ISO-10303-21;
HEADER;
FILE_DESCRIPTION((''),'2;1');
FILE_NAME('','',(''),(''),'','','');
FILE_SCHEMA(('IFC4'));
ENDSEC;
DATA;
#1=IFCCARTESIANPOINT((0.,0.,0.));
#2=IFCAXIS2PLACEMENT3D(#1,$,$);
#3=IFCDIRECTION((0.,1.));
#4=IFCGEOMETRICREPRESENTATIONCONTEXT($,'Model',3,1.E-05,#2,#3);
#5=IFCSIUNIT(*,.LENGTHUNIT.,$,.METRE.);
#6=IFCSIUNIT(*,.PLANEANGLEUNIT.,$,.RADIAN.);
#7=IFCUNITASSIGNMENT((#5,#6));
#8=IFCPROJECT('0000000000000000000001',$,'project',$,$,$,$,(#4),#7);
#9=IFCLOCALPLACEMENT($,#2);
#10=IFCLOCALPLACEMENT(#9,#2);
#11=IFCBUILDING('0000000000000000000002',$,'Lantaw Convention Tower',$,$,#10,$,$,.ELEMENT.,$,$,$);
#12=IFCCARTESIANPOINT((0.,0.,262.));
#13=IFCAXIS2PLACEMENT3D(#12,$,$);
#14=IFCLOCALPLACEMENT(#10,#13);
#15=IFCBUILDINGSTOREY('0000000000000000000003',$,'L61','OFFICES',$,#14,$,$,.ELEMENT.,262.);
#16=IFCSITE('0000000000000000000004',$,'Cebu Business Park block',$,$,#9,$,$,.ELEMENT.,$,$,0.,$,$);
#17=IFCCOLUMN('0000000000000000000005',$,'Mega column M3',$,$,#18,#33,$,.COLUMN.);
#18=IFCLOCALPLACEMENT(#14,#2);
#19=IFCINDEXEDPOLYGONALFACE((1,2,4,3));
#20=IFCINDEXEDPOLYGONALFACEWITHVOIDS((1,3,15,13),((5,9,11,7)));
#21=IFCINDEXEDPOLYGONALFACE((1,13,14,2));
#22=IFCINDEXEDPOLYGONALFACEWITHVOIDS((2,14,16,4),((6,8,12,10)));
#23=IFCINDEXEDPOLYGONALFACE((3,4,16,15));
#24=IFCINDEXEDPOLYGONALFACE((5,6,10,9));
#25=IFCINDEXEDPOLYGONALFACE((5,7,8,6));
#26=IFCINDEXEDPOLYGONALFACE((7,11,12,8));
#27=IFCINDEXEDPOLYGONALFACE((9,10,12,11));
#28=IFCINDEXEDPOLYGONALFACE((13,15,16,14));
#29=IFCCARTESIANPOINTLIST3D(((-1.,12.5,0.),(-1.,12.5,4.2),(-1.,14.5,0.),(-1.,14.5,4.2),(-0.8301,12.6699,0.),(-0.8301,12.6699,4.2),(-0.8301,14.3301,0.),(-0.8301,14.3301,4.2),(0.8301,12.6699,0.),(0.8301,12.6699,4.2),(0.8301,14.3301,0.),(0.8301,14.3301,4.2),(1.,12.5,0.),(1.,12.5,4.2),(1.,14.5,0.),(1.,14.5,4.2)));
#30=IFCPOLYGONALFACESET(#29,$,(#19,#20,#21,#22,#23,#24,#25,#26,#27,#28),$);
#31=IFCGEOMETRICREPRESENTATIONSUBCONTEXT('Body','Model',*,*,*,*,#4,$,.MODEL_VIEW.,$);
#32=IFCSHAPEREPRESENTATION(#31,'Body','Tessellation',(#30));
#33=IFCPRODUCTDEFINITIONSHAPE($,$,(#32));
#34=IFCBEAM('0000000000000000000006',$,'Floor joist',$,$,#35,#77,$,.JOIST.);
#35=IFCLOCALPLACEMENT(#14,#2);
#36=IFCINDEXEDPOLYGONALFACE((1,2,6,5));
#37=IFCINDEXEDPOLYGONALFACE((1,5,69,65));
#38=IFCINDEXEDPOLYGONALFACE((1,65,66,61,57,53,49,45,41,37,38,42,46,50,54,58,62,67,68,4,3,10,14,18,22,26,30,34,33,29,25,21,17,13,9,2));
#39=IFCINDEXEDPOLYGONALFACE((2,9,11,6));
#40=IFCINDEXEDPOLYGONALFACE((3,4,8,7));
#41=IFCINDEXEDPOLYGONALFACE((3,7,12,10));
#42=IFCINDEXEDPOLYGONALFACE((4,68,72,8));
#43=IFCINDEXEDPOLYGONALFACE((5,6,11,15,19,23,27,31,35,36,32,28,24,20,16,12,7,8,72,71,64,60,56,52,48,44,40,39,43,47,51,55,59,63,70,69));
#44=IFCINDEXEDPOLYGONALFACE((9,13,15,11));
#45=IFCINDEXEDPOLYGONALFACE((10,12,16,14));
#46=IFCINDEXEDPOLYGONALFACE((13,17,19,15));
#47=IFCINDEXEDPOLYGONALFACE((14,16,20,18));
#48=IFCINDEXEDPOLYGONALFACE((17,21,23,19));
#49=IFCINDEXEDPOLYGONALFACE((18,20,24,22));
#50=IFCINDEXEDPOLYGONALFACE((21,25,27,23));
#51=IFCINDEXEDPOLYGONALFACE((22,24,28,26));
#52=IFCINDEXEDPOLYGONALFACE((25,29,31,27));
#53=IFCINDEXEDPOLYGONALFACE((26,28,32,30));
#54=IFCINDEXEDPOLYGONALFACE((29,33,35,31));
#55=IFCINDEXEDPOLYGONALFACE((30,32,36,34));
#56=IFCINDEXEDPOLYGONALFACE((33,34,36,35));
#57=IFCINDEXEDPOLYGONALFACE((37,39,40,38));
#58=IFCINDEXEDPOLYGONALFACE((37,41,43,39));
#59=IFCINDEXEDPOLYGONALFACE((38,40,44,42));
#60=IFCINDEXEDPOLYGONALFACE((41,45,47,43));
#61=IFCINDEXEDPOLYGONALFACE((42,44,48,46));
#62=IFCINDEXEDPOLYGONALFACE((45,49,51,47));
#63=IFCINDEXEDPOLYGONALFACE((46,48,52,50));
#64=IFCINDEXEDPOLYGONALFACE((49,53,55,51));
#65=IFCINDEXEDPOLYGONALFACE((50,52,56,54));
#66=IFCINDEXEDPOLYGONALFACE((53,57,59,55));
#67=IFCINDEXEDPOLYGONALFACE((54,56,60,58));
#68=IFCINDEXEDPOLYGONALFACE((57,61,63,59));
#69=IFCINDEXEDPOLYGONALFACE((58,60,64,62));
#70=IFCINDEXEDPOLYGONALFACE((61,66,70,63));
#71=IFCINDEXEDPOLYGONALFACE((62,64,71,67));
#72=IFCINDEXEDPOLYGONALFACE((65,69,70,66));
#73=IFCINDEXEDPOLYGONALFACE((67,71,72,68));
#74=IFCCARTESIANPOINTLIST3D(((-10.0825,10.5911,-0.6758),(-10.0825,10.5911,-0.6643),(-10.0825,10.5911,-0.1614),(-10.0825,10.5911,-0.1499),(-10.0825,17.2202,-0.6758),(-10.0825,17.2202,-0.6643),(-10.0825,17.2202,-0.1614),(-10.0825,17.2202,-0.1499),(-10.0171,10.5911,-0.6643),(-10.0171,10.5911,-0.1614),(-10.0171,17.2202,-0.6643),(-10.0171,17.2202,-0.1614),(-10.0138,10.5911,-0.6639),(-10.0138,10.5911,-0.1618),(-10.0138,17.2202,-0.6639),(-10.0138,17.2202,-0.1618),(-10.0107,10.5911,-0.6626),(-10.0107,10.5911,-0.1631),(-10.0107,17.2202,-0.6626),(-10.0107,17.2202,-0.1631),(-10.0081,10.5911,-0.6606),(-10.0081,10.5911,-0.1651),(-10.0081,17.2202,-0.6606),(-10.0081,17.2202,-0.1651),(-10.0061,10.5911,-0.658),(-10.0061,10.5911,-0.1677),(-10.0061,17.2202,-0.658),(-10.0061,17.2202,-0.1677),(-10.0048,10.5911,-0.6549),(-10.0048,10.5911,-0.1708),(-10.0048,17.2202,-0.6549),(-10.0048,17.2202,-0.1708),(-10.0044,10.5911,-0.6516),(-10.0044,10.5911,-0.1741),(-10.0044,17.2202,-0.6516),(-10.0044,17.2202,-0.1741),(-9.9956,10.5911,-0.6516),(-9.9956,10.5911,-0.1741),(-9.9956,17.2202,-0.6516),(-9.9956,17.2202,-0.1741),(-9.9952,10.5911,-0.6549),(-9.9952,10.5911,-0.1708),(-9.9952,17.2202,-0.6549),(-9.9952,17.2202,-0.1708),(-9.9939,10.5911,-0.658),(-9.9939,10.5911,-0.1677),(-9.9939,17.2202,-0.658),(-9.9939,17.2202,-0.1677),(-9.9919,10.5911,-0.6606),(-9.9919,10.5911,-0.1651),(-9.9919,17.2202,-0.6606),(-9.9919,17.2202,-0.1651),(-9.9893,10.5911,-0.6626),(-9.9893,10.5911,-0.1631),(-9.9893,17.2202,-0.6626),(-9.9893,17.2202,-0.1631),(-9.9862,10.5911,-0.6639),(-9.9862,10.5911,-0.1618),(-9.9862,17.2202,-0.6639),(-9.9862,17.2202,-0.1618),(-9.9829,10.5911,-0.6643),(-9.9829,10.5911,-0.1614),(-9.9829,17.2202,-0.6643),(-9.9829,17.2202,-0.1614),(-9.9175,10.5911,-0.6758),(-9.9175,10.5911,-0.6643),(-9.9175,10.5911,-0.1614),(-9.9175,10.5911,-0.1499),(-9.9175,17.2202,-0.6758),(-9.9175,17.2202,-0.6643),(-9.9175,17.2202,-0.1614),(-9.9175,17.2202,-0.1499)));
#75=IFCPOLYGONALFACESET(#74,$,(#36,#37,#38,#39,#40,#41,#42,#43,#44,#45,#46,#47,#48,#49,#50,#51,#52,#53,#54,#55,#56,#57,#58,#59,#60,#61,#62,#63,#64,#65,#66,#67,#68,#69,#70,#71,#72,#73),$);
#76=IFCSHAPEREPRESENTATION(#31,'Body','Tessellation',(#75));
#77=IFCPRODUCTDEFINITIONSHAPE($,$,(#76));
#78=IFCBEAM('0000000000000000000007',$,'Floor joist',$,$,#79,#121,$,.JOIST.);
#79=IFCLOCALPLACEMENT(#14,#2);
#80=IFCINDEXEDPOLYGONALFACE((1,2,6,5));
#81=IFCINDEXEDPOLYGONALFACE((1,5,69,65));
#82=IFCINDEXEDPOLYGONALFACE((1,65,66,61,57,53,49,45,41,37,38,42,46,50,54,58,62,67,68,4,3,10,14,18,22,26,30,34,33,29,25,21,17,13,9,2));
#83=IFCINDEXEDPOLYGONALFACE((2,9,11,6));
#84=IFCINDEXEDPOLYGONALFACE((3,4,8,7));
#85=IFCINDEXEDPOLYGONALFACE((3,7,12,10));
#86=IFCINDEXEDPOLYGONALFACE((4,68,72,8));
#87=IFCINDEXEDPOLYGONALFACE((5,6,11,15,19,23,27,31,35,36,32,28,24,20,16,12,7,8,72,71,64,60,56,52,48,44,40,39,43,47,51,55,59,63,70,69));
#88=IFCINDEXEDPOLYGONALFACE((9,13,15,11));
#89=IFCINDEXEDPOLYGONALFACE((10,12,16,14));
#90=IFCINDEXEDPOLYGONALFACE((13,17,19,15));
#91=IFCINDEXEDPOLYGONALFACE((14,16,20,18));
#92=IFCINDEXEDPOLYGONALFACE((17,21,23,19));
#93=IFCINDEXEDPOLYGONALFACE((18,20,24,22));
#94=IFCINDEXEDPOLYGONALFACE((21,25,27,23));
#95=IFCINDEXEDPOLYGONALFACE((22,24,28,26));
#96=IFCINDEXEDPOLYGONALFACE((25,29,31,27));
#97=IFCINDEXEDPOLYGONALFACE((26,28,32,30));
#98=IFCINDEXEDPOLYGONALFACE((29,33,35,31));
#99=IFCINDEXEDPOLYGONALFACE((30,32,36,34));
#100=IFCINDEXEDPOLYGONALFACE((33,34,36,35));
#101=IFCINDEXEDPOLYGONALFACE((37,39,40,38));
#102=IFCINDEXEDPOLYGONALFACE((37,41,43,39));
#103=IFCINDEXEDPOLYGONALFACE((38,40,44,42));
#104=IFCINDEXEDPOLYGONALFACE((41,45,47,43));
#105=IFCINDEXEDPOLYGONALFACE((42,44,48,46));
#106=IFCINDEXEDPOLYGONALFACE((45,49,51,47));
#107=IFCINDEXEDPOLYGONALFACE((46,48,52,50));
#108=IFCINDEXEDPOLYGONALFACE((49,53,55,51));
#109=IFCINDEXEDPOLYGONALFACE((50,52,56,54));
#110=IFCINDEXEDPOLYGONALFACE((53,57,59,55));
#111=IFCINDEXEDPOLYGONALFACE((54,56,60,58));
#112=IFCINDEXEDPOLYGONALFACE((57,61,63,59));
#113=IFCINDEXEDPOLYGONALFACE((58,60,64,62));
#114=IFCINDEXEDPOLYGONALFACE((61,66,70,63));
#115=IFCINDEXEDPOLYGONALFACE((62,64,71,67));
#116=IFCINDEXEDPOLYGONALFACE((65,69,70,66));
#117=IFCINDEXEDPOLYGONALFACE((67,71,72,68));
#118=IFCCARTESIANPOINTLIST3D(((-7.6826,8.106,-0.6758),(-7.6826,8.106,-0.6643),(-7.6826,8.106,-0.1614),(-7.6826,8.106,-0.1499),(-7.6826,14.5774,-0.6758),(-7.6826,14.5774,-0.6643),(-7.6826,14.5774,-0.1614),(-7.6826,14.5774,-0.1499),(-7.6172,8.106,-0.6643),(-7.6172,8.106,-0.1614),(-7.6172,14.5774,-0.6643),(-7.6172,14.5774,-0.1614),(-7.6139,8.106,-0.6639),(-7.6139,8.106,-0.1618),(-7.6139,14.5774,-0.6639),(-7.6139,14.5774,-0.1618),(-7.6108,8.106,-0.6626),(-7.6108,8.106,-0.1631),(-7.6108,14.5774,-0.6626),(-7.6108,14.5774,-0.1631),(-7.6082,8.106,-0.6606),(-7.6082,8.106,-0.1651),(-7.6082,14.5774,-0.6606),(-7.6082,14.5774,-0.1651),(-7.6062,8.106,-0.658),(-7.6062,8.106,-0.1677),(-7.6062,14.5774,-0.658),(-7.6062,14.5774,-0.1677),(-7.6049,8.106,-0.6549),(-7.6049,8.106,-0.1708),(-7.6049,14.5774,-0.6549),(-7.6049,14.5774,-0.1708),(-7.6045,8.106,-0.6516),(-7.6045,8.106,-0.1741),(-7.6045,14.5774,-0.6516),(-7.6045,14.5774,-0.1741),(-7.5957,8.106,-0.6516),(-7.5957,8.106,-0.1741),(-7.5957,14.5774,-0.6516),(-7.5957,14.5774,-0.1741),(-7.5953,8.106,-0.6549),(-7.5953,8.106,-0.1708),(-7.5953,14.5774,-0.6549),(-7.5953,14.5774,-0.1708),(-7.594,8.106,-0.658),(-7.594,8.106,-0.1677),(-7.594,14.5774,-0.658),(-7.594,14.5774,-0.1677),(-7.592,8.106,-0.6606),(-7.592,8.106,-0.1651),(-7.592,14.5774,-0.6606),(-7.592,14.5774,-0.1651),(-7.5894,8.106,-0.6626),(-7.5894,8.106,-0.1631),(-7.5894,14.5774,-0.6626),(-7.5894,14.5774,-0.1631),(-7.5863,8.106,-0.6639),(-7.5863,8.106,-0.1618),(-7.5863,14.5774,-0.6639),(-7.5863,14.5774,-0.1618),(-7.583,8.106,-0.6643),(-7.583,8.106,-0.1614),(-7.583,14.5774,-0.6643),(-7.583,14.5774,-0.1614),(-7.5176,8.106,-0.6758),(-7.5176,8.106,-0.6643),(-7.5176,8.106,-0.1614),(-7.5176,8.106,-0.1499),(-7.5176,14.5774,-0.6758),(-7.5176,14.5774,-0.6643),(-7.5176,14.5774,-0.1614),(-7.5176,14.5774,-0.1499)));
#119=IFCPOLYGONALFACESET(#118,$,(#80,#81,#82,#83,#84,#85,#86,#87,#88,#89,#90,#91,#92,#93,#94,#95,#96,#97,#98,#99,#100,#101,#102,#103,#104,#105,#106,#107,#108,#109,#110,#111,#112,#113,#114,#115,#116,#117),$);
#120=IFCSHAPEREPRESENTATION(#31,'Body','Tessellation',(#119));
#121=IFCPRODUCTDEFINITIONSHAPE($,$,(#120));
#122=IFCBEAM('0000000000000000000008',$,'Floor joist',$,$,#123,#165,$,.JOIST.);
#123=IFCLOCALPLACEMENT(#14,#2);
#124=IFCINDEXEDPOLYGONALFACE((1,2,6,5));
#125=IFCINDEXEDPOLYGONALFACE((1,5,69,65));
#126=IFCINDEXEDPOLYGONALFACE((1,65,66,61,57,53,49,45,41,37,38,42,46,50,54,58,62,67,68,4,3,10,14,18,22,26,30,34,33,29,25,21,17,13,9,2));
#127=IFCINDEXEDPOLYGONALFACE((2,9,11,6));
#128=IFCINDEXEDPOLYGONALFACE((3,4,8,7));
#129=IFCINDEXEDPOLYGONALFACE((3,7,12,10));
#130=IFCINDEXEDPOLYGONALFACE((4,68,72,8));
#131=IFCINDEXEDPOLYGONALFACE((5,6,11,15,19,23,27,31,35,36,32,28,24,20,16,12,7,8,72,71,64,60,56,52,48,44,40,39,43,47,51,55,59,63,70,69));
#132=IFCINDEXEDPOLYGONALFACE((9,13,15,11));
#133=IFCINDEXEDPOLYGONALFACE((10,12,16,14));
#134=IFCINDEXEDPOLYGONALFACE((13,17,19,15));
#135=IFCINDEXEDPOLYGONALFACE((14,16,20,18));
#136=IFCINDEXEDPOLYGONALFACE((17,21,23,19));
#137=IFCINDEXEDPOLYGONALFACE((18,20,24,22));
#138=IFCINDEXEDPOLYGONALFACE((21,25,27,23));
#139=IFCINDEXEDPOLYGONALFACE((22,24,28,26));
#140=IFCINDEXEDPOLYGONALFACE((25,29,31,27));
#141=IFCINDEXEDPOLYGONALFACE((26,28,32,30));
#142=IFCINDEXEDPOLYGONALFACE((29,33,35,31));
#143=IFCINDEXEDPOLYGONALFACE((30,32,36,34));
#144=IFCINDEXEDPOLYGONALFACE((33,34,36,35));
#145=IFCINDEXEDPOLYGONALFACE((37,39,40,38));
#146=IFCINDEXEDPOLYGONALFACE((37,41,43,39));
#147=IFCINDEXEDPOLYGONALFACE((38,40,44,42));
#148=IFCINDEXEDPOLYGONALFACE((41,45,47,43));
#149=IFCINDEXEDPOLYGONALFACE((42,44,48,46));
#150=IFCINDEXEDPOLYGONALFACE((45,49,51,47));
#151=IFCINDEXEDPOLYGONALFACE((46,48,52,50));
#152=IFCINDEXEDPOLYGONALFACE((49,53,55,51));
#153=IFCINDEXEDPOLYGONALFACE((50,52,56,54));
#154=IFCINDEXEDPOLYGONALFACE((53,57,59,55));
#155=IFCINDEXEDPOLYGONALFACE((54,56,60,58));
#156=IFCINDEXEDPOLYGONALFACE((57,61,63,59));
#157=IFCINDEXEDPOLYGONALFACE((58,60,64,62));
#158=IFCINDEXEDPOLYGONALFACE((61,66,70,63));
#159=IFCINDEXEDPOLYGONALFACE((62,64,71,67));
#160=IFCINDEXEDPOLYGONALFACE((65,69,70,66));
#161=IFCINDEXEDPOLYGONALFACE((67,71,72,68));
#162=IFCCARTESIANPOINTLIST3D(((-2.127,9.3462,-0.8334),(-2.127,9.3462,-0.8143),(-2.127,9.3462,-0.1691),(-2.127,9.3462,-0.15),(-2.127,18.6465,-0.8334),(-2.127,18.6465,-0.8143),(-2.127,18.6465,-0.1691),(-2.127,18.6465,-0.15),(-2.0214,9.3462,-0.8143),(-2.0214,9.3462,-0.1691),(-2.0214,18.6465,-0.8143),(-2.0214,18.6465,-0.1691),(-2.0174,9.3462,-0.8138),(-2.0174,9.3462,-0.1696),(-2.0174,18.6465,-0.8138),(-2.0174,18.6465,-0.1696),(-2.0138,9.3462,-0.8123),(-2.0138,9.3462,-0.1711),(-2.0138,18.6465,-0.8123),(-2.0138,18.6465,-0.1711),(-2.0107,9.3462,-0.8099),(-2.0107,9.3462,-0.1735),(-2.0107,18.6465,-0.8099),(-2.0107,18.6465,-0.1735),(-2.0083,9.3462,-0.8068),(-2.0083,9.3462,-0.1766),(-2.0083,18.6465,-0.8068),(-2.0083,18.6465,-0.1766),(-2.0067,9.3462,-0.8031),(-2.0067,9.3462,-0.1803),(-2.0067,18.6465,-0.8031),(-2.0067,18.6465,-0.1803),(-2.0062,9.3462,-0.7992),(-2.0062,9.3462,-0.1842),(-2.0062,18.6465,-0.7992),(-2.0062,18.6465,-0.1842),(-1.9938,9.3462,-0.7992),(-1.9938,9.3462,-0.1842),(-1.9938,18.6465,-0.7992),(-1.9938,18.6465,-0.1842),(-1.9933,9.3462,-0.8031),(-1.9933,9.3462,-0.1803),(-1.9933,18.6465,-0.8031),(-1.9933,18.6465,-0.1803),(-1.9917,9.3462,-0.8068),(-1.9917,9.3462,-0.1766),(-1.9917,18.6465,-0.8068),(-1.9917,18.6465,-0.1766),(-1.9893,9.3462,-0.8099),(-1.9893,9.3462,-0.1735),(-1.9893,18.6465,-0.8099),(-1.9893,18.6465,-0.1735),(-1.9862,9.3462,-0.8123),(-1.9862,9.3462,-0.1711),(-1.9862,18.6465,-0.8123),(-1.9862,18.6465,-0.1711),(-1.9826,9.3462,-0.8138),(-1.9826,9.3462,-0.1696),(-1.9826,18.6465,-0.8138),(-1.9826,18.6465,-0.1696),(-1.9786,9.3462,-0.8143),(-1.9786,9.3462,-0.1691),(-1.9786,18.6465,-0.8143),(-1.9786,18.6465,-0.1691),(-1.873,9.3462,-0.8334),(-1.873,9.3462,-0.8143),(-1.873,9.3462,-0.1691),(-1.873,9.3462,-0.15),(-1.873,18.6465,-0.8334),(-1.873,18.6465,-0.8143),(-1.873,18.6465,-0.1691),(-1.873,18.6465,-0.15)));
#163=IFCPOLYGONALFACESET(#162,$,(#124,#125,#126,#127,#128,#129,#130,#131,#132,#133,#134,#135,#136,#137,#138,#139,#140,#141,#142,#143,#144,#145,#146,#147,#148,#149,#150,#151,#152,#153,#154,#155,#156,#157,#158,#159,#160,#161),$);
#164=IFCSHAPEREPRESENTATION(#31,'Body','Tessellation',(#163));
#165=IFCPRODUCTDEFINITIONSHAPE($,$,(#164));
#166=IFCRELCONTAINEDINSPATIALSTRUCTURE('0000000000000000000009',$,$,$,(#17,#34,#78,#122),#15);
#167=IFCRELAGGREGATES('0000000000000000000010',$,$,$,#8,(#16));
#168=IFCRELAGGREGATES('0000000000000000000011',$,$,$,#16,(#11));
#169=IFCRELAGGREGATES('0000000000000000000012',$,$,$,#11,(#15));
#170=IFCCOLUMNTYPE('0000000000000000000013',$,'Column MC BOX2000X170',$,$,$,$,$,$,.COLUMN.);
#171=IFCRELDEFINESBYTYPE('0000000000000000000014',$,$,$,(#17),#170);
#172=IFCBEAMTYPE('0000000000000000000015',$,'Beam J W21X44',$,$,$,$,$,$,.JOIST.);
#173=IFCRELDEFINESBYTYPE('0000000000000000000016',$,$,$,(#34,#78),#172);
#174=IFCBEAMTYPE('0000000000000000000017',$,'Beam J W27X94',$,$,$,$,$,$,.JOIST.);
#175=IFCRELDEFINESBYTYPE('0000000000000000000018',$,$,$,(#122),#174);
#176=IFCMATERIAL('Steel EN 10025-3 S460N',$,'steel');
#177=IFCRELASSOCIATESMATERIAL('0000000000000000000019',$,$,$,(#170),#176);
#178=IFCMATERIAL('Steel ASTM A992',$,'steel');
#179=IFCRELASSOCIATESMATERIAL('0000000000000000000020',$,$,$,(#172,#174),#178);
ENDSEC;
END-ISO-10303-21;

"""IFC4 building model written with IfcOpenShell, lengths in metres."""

from ifc_helpers import new_model, si_unit, direction, frame, origin, origin_2d, place, context, subcontext, project, spatial, rectangle, hollow_rectangle, i_section, extrude, material, material_profile, profile_set, type_object, element, save


model = new_model("IFC4")

# Units and contexts
model_context = context("Model", 3, precision=1e-05, world=origin(), true_north=direction((0.0, 1.0)))
body_context = subcontext(model_context, "Body", "Model", "MODEL_VIEW")
ifc_project = project(units=[si_unit("LENGTHUNIT", "METRE"), si_unit("PLANEANGLEUNIT", "RADIAN")], contexts=[model_context])

# Site, building, storey
site_placement = place(None, origin())
site = spatial("IfcSite", under=ifc_project, at=site_placement, Name="Cebu Business Park block", CompositionType="ELEMENT", RefElevation=0.0)
building_placement = place(site_placement, origin())
building = spatial("IfcBuilding", under=site, at=building_placement, Name="Lantaw Convention Tower", CompositionType="ELEMENT")
storey_placement = place(building_placement, frame((0.0, 0.0, 262.0)))
storey = spatial("IfcBuildingStorey", under=building, at=storey_placement, Name="L61", Description="OFFICES", CompositionType="ELEMENT", Elevation=262.0)

# Column
ifc_material_1 = material(Name="Steel EN 10025-3 S460N", Category="steel")
ifc_material_profile_1 = material_profile(ifc_material_1, hollow_rectangle(XDim=2.0, YDim=2.0, WallThickness=0.1699, at=origin_2d()), Name="BOX2000X170")
ifc_material_2 = material(Name="Concrete C60/75", Category="concrete")
ifc_material_profile_2 = material_profile(ifc_material_2, rectangle(XDim=1.6599, YDim=1.6599, at=origin_2d()), Name="Concrete fill of BOX2000X170")
ifc_profile_set_1 = profile_set([ifc_material_profile_1, ifc_material_profile_2], Name="Steel EN 10025-3 S460N")
column_type = type_object("IfcColumnType", Name="Column MC BOX2000X170", PredefinedType="COLUMN", material=ifc_profile_set_1)
column_placement = place(storey_placement, frame((0.0, 13.5, 0.0), z_axis=(0.0, 0.0, 1.0), x_axis=(1.0, 0.0, 0.0)))
element("IfcColumn", 1, at=column_placement, inside=storey, type_object=column_type, Name="Mega column M3", PredefinedType="COLUMN", context=body_context, shape_type="SweptSolid", body=[
    extrude(hollow_rectangle(XDim=2.0, YDim=2.0, WallThickness=0.1699, at=origin_2d()), origin(), (0.0, 0.0, 1.0), 4.2),
])

# Beams
ifc_material_3 = material(Name="Steel ASTM A992", Category="steel")
ifc_material_profile_3 = material_profile(ifc_material_3, i_section(OverallWidth=0.165, OverallDepth=0.5259, WebThickness=0.0088, FlangeThickness=0.0115, FilletRadius=0.0127, at=origin_2d()), Name="W21X44")
ifc_profile_set_2 = profile_set([ifc_material_profile_3], Name="Steel ASTM A992")
beam_type_1 = type_object("IfcBeamType", Name="Beam J W21X44", PredefinedType="JOIST", material=ifc_profile_set_2)
beam_1_placement = place(storey_placement, frame((-10.0, 10.5911, -0.4128), z_axis=(0.0, 1.0, 0.0), x_axis=(-1.0, 0.0, 0.0)))
element("IfcBeam", 2, at=beam_1_placement, inside=storey, type_object=beam_type_1, Name="Floor joist", PredefinedType="JOIST", context=body_context, shape_type="SweptSolid", body=[
    extrude(i_section(OverallWidth=0.165, OverallDepth=0.5259, WebThickness=0.0088, FlangeThickness=0.0115, FilletRadius=0.0127, at=origin_2d()), origin(), (0.0, 0.0, 1.0), 6.6292),
])
beam_2_placement = place(storey_placement, frame((-7.6001, 8.106, -0.4128), z_axis=(0.0, 1.0, 0.0), x_axis=(-1.0, 0.0, 0.0)))
element("IfcBeam", 3, at=beam_2_placement, inside=storey, type_object=beam_type_1, Name="Floor joist", PredefinedType="JOIST", context=body_context, shape_type="SweptSolid", body=[
    extrude(i_section(OverallWidth=0.165, OverallDepth=0.5259, WebThickness=0.0088, FlangeThickness=0.0115, FilletRadius=0.0127, at=origin_2d()), origin(), (0.0, 0.0, 1.0), 6.4714),
])
ifc_material_profile_4 = material_profile(ifc_material_3, i_section(OverallWidth=0.2539, OverallDepth=0.6833, WebThickness=0.0125, FlangeThickness=0.019, FilletRadius=0.0151, at=origin_2d()), Name="W27X94")
ifc_profile_set_3 = profile_set([ifc_material_profile_4], Name="Steel ASTM A992")
beam_type_2 = type_object("IfcBeamType", Name="Beam J W27X94", PredefinedType="JOIST", material=ifc_profile_set_3)
beam_3_placement = place(storey_placement, frame((-2.0, 9.3462, -0.4917), z_axis=(0.0, 1.0, 0.0), x_axis=(-1.0, 0.0, 0.0)))
element("IfcBeam", 4, at=beam_3_placement, inside=storey, type_object=beam_type_2, Name="Floor joist", PredefinedType="JOIST", context=body_context, shape_type="SweptSolid", body=[
    extrude(i_section(OverallWidth=0.2539, OverallDepth=0.6833, WebThickness=0.0125, FlangeThickness=0.019, FilletRadius=0.0151, at=origin_2d()), origin(), (0.0, 0.0, 1.0), 9.3003),
])

save(model, "model.ifc")
